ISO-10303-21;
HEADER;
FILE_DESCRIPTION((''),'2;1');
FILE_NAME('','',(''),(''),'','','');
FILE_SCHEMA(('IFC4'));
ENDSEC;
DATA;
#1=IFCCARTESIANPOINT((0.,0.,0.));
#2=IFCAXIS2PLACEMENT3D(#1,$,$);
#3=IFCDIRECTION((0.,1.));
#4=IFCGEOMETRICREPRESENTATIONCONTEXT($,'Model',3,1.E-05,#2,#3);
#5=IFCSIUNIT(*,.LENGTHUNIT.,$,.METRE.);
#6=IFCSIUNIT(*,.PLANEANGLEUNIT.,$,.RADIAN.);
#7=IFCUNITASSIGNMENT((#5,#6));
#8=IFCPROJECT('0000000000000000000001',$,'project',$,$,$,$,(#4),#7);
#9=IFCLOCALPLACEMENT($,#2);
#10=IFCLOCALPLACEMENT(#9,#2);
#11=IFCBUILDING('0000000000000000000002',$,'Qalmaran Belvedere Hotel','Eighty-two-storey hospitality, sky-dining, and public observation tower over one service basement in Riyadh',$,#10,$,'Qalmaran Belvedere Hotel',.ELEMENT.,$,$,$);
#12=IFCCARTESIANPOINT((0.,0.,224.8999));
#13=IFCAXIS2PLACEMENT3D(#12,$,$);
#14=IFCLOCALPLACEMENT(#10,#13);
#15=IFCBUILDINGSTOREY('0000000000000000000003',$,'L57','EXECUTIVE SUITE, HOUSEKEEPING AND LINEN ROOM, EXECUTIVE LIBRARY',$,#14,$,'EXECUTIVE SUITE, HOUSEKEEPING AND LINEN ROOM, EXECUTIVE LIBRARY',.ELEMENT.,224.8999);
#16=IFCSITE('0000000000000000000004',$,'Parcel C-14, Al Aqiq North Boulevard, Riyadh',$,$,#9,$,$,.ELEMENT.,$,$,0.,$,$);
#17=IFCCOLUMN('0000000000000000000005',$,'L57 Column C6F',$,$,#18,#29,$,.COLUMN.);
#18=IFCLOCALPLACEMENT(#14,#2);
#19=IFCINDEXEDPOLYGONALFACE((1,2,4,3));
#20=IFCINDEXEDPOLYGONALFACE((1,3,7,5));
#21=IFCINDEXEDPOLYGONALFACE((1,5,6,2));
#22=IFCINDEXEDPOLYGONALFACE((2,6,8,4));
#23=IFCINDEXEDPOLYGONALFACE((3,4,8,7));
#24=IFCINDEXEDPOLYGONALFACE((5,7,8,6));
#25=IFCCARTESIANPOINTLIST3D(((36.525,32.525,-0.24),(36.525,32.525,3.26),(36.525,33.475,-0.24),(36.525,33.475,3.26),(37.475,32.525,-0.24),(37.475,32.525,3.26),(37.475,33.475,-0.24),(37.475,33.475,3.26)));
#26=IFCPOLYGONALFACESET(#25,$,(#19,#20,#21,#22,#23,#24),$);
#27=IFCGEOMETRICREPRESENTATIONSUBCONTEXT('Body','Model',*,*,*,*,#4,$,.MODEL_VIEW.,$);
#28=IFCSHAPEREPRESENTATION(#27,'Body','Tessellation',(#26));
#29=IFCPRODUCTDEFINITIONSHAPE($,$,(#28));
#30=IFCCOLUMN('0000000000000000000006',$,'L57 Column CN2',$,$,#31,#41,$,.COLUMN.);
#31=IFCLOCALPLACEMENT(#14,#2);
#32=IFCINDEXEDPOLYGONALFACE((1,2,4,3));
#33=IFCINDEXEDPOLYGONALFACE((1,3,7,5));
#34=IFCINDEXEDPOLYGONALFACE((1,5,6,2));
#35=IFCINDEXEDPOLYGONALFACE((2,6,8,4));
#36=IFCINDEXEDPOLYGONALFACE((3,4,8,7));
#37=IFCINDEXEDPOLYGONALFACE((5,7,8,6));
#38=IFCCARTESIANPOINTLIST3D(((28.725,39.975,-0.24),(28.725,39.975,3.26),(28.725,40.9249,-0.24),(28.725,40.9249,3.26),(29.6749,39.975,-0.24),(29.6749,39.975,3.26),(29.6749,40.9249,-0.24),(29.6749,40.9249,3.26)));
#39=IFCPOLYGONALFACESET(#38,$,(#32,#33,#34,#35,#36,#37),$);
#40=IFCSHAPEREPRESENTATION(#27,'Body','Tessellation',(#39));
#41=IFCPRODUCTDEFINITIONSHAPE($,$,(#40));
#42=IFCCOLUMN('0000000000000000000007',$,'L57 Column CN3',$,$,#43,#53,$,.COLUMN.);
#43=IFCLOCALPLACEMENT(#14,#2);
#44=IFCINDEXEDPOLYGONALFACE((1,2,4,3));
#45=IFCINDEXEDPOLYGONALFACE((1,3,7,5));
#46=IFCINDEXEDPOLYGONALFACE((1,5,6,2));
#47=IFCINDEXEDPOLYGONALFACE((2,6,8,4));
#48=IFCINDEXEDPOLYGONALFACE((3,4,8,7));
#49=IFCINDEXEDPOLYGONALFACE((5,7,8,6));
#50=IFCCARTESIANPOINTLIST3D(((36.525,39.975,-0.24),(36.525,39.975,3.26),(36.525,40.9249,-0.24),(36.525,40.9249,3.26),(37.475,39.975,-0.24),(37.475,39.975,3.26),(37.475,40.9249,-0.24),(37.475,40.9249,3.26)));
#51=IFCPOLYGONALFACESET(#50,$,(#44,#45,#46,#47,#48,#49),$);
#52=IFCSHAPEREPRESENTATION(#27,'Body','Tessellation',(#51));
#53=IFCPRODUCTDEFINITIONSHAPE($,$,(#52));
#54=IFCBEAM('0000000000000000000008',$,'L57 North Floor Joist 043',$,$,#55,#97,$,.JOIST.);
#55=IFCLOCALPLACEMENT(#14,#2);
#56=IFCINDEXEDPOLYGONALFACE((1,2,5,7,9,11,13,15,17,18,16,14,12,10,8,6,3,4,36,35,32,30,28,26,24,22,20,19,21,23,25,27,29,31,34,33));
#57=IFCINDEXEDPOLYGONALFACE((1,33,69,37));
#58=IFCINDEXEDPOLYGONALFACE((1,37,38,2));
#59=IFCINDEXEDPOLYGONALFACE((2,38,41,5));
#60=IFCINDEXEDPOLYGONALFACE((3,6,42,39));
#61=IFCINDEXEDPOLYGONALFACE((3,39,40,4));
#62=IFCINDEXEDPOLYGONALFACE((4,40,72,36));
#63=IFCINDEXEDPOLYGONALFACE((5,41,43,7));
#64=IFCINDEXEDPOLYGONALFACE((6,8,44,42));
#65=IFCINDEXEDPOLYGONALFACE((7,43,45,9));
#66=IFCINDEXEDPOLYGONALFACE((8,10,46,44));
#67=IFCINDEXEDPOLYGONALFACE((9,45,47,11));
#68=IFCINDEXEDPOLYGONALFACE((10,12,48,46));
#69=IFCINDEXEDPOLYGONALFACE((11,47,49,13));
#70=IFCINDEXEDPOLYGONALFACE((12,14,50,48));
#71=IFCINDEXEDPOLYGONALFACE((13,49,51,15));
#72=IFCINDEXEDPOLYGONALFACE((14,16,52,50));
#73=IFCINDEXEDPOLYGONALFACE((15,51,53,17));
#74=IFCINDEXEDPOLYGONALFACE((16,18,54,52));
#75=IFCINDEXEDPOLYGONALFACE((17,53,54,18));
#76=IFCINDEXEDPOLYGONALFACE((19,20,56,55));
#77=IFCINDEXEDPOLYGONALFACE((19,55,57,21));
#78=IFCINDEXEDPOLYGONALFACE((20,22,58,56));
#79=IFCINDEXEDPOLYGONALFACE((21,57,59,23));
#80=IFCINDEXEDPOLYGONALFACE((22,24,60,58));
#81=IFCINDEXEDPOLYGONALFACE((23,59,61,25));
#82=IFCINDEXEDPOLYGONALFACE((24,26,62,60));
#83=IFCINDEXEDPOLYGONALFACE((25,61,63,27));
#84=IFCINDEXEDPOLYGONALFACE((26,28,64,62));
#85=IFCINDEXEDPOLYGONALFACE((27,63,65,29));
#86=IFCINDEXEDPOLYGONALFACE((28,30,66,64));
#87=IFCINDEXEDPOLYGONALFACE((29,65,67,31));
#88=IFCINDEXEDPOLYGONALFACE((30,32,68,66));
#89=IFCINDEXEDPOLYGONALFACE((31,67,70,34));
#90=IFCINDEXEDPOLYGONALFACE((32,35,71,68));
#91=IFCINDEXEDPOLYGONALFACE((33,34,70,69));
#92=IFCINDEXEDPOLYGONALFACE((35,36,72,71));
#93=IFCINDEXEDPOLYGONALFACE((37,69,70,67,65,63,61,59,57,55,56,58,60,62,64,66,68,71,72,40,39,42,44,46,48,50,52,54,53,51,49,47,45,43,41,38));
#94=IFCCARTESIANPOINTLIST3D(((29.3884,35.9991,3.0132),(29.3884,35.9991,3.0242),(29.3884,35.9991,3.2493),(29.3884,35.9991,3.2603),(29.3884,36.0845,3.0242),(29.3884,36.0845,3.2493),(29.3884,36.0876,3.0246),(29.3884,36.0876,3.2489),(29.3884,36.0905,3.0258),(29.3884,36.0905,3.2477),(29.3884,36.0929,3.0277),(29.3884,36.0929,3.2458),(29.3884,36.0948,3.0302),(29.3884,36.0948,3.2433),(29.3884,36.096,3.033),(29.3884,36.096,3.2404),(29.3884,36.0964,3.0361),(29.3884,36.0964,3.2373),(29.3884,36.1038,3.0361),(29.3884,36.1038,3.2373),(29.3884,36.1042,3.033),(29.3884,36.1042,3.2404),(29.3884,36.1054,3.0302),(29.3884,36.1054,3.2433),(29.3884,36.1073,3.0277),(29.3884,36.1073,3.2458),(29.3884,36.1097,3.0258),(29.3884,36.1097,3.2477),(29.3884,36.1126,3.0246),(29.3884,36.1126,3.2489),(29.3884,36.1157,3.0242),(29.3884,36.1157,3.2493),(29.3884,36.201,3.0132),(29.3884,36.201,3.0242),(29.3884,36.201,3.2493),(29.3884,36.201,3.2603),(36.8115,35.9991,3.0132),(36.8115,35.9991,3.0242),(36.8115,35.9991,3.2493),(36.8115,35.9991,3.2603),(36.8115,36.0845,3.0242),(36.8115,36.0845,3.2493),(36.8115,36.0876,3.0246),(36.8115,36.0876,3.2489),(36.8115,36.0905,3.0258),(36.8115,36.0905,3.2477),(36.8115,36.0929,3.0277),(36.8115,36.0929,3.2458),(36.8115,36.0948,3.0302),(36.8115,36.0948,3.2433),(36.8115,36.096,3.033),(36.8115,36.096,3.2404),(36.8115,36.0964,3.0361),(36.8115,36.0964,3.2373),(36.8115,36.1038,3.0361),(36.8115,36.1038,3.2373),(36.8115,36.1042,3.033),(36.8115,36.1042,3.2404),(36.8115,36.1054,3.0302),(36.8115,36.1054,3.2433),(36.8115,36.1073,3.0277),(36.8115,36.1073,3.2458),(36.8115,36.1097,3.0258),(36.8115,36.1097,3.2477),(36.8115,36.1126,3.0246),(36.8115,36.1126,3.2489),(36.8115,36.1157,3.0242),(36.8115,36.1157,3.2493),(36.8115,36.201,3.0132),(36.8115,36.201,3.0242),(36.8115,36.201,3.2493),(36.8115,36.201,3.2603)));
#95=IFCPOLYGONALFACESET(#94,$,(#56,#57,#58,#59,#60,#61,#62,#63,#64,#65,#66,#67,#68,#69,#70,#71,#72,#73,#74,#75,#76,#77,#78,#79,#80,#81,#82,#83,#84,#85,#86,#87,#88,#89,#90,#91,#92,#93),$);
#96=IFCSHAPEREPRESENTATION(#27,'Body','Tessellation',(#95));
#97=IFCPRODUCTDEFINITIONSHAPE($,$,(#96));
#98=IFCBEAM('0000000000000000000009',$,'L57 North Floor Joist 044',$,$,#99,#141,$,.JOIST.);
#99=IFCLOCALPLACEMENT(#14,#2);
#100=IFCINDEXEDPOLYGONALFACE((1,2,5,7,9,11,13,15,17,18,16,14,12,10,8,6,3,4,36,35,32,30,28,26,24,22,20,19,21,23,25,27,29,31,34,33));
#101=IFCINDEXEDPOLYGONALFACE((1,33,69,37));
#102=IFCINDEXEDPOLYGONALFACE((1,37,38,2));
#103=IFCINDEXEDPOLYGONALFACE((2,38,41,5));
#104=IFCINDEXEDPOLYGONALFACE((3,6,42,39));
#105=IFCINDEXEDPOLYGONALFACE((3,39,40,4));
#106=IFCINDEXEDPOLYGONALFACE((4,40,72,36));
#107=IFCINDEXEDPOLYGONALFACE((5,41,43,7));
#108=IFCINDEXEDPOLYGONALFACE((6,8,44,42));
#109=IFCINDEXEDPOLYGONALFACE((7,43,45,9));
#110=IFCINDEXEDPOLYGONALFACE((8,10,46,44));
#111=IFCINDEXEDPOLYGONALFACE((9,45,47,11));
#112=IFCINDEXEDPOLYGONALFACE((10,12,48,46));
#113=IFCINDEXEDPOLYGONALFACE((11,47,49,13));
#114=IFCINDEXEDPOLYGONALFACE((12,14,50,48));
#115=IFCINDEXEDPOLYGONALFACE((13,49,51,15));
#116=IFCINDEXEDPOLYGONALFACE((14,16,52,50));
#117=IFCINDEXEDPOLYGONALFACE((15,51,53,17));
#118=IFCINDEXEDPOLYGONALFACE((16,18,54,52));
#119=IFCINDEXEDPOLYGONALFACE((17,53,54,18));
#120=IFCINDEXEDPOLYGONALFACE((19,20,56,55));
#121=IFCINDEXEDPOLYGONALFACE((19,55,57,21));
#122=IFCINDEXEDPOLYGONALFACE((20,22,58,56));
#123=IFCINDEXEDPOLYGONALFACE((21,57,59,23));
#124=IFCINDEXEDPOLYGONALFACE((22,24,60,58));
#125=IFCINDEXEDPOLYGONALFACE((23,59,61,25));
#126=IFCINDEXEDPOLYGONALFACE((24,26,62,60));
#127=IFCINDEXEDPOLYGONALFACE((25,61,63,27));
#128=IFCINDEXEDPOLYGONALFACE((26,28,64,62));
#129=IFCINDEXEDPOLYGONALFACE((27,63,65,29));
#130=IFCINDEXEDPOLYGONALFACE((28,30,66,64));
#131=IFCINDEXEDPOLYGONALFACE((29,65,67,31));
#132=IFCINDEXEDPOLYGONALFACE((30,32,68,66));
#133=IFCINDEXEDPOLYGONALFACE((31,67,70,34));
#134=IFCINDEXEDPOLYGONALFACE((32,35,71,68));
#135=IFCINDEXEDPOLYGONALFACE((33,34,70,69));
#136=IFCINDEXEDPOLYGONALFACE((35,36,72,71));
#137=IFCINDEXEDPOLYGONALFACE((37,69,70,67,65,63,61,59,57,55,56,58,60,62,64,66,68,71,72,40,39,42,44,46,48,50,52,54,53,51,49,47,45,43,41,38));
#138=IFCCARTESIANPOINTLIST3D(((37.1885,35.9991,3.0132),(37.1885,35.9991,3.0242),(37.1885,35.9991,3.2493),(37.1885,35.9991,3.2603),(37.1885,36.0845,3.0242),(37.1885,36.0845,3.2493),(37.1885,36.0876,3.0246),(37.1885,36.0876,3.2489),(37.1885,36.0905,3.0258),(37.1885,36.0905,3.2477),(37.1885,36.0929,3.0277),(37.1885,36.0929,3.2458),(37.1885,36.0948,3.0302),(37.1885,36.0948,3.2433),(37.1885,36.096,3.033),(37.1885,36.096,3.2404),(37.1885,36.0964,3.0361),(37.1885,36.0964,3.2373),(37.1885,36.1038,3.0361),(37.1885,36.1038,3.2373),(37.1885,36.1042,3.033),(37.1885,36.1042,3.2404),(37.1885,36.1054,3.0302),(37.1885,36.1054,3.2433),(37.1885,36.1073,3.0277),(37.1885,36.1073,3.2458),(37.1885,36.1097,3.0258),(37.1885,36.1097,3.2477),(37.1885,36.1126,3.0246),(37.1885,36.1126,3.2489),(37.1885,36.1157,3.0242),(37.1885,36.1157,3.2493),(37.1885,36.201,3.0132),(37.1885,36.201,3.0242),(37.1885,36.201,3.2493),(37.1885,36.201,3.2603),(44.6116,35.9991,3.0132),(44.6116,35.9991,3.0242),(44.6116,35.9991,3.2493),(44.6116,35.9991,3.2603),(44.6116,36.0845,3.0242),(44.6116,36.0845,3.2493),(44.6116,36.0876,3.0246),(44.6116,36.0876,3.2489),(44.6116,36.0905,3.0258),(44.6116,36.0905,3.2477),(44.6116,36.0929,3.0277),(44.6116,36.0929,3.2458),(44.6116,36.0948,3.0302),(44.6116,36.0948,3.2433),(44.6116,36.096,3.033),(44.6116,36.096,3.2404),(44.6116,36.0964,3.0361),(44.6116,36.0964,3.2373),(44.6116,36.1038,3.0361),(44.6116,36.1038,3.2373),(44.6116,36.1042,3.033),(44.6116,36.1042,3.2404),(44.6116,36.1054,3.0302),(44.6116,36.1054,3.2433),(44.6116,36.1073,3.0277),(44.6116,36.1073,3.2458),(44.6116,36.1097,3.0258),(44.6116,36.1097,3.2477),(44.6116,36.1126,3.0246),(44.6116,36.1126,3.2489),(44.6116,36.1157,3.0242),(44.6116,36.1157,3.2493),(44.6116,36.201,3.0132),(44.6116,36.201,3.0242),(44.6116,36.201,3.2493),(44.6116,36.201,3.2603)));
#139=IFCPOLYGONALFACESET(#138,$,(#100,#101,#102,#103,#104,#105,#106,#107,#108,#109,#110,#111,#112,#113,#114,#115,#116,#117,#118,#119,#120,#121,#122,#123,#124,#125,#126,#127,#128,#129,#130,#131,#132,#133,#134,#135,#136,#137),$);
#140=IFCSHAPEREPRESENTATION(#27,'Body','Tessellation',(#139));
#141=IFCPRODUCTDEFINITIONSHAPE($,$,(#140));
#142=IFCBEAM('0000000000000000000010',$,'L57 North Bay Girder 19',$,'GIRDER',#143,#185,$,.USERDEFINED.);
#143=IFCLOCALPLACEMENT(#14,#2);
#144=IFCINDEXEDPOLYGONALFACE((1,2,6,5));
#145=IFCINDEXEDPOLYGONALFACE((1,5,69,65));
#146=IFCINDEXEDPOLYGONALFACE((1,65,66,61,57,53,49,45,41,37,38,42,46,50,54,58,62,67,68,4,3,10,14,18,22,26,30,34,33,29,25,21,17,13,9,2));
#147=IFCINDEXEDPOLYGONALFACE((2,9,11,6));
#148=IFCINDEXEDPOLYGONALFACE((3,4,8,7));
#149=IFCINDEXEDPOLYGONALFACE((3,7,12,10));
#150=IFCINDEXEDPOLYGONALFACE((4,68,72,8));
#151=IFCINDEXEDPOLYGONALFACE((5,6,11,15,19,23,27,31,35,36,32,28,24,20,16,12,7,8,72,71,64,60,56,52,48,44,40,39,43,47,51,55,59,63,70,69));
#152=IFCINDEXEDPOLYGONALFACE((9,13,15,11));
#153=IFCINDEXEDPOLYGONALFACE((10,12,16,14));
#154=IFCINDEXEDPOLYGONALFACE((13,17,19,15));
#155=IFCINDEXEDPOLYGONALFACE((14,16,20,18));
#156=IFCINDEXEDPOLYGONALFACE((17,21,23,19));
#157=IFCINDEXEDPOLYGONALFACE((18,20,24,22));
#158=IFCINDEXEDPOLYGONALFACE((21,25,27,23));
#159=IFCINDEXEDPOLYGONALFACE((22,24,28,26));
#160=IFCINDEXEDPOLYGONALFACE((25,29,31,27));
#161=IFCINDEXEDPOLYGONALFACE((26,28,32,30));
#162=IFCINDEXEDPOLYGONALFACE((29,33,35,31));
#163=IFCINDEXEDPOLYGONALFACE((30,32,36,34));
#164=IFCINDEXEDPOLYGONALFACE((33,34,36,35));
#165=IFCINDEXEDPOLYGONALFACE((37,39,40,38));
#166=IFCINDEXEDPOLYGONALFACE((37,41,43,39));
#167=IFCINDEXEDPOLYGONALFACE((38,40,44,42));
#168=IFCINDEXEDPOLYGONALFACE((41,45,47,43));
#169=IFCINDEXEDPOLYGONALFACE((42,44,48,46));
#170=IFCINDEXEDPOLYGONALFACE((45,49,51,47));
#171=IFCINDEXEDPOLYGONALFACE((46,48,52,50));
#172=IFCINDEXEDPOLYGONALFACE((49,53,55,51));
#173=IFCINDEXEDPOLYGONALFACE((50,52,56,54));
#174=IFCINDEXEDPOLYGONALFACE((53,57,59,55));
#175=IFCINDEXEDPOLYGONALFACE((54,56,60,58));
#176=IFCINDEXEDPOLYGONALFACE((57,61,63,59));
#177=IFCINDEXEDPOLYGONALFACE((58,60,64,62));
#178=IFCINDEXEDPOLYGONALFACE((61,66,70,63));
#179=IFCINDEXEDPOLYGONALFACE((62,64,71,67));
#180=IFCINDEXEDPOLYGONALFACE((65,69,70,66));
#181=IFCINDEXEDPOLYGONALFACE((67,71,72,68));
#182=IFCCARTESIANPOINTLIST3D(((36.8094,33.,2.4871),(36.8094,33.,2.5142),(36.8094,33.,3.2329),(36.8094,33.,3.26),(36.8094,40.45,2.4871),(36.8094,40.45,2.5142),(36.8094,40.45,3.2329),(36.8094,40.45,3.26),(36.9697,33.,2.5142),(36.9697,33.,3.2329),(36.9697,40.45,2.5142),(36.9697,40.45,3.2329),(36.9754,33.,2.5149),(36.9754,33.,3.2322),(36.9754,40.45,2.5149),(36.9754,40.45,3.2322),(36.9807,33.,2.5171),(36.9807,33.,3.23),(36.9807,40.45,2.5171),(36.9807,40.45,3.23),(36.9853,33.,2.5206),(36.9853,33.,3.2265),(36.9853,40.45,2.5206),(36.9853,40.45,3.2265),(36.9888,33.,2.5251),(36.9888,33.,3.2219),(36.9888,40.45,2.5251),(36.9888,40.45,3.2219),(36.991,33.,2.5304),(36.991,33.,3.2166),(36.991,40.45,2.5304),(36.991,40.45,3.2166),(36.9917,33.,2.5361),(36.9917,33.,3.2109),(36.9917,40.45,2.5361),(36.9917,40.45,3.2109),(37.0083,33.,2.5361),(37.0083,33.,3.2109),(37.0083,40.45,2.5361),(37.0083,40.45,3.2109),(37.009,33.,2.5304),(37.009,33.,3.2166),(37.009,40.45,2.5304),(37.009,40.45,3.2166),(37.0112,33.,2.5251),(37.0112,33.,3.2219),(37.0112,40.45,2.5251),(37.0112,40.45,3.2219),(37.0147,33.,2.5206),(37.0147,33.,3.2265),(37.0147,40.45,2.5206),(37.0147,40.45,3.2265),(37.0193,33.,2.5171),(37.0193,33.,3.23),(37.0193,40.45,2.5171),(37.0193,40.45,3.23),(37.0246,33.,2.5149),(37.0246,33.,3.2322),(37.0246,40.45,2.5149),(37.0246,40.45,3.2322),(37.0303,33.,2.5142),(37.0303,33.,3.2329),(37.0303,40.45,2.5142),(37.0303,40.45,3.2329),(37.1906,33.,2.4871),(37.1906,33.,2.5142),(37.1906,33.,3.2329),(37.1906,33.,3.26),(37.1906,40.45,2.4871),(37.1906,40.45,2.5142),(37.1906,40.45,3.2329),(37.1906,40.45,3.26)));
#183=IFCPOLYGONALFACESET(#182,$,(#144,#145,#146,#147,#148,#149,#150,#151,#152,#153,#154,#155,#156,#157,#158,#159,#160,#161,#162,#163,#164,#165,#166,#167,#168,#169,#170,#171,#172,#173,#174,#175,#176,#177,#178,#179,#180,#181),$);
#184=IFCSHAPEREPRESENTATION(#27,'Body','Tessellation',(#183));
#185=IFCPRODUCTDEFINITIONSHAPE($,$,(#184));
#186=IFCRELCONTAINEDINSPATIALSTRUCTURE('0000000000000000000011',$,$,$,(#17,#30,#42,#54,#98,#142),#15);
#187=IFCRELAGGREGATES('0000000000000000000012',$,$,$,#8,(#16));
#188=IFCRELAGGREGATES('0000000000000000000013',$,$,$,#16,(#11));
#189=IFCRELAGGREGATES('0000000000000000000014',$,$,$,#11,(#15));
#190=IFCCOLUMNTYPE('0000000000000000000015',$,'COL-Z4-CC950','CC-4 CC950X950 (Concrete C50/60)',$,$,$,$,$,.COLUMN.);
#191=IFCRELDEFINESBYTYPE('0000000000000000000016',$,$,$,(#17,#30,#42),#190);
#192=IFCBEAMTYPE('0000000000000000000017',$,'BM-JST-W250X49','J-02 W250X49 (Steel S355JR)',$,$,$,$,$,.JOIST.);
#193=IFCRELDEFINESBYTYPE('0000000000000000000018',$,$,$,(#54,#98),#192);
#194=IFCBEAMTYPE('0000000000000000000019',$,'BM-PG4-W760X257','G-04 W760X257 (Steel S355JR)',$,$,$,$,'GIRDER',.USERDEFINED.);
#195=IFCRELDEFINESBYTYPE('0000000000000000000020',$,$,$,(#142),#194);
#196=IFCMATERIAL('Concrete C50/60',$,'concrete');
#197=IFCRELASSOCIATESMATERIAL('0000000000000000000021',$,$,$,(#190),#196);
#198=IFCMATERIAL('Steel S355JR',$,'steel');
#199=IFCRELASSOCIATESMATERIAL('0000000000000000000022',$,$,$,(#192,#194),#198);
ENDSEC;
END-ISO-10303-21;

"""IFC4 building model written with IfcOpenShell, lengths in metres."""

from ifc_helpers import new_model, si_unit, direction, frame, origin, origin_2d, place, context, subcontext, project, spatial, rectangle, i_section, extrude, material, material_profile, profile_set, type_object, element, save


model = new_model("IFC4")

# Units and contexts
model_context = context("Model", 3, precision=1e-05, world=origin(), true_north=direction((0.0, 1.0)))
body_context = subcontext(model_context, "Body", "Model", "MODEL_VIEW")
ifc_project = project(units=[si_unit("LENGTHUNIT", "METRE"), si_unit("PLANEANGLEUNIT", "RADIAN")], contexts=[model_context])

# Site, building, storey
site_placement = place(None, origin())
site = spatial("IfcSite", under=ifc_project, at=site_placement, Name="Parcel C-14, Al Aqiq North Boulevard, Riyadh", CompositionType="ELEMENT", RefElevation=0.0)
building_placement = place(site_placement, origin())
building = spatial("IfcBuilding", under=site, at=building_placement, Name="Qalmaran Belvedere Hotel", Description="Eighty-two-storey hospitality, sky-dining, and public observation tower over one service basement in Riyadh", LongName="Qalmaran Belvedere Hotel", CompositionType="ELEMENT")
storey_placement = place(building_placement, frame((0.0, 0.0, 224.8999)))
storey = spatial("IfcBuildingStorey", under=building, at=storey_placement, Name="L57", Description="EXECUTIVE SUITE, HOUSEKEEPING AND LINEN ROOM, EXECUTIVE LIBRARY", LongName="EXECUTIVE SUITE, HOUSEKEEPING AND LINEN ROOM, EXECUTIVE LIBRARY", CompositionType="ELEMENT", Elevation=224.8999)

# Columns
ifc_material_1 = material(Name="Concrete C50/60", Category="concrete")
ifc_material_profile_1 = material_profile(ifc_material_1, rectangle(XDim=0.95, YDim=0.95, at=origin_2d()), Name="CC950X950")
ifc_profile_set_1 = profile_set([ifc_material_profile_1], Name="Concrete C50/60")
column_type = type_object("IfcColumnType", Name="COL-Z4-CC950", Description="CC-4 CC950X950 (Concrete C50/60)", PredefinedType="COLUMN", material=ifc_profile_set_1)
for number, where, z_axis, x_axis, name in (
    (1, (37.0, 33.0, -0.24), (0.0, 0.0, 1.0), (1.0, 0.0, 0.0), "L57 Column C6F"),
    (2, (29.2, 40.45, -0.24), (0.0, 0.0, 1.0), (1.0, 0.0, 0.0), "L57 Column CN2"),
    (3, (37.0, 40.45, -0.24), (0.0, 0.0, 1.0), (1.0, 0.0, 0.0), "L57 Column CN3"),
):
    element("IfcColumn", number, at=place(storey_placement, frame(where, z_axis=z_axis, x_axis=x_axis)), inside=storey, type_object=column_type, Name=name, PredefinedType="COLUMN", context=body_context, shape_type="SweptSolid", body=[
        extrude(rectangle(XDim=0.95, YDim=0.95, at=origin_2d()), origin(), (0.0, 0.0, 1.0), 3.5),
    ])

# Beams
ifc_material_2 = material(Name="Steel S355JR", Category="steel")
ifc_material_profile_2 = material_profile(ifc_material_2, i_section(OverallWidth=0.2019, OverallDepth=0.2471, WebThickness=0.0073, FlangeThickness=0.011, FilletRadius=0.012, at=origin_2d()), Name="W250X49")
ifc_profile_set_2 = profile_set([ifc_material_profile_2], Name="Steel S355JR")
beam_type_1 = type_object("IfcBeamType", Name="BM-JST-W250X49", Description="J-02 W250X49 (Steel S355JR)", PredefinedType="JOIST", material=ifc_profile_set_2)
for number, where, z_axis, x_axis, name in (
    (4, (29.3884, 36.1001, 3.1367), (1.0, 0.0, 0.0), (0.0, 1.0, 0.0), "L57 North Floor Joist 043"),
    (5, (37.1885, 36.1001, 3.1367), (1.0, 0.0, 0.0), (0.0, 1.0, 0.0), "L57 North Floor Joist 044"),
):
    element("IfcBeam", number, at=place(storey_placement, frame(where, z_axis=z_axis, x_axis=x_axis)), inside=storey, type_object=beam_type_1, Name=name, PredefinedType="JOIST", context=body_context, shape_type="SweptSolid", body=[
        extrude(i_section(OverallWidth=0.2019, OverallDepth=0.2471, WebThickness=0.0073, FlangeThickness=0.011, FilletRadius=0.012, at=origin_2d()), origin(), (0.0, 0.0, 1.0), 7.4231),
    ])
ifc_material_profile_3 = material_profile(ifc_material_2, i_section(OverallWidth=0.3811, OverallDepth=0.7729, WebThickness=0.0166, FlangeThickness=0.0271, FilletRadius=0.022, at=origin_2d()), Name="W760X257")
ifc_profile_set_3 = profile_set([ifc_material_profile_3], Name="Steel S355JR")
beam_type_2 = type_object("IfcBeamType", Name="BM-PG4-W760X257", Description="G-04 W760X257 (Steel S355JR)", ElementType="GIRDER", PredefinedType="USERDEFINED", material=ifc_profile_set_3)
beam_1_placement = place(storey_placement, frame((37.0, 33.0, 2.8735), z_axis=(0.0, 1.0, 0.0), x_axis=(-1.0, 0.0, 0.0)))
element("IfcBeam", 6, at=beam_1_placement, inside=storey, type_object=beam_type_2, Name="L57 North Bay Girder 19", ObjectType="GIRDER", PredefinedType="USERDEFINED", context=body_context, shape_type="SweptSolid", body=[
    extrude(i_section(OverallWidth=0.3811, OverallDepth=0.7729, WebThickness=0.0166, FlangeThickness=0.0271, FilletRadius=0.022, at=origin_2d()), origin(), (0.0, 0.0, 1.0), 7.45),
])

save(model, "model.ifc")
